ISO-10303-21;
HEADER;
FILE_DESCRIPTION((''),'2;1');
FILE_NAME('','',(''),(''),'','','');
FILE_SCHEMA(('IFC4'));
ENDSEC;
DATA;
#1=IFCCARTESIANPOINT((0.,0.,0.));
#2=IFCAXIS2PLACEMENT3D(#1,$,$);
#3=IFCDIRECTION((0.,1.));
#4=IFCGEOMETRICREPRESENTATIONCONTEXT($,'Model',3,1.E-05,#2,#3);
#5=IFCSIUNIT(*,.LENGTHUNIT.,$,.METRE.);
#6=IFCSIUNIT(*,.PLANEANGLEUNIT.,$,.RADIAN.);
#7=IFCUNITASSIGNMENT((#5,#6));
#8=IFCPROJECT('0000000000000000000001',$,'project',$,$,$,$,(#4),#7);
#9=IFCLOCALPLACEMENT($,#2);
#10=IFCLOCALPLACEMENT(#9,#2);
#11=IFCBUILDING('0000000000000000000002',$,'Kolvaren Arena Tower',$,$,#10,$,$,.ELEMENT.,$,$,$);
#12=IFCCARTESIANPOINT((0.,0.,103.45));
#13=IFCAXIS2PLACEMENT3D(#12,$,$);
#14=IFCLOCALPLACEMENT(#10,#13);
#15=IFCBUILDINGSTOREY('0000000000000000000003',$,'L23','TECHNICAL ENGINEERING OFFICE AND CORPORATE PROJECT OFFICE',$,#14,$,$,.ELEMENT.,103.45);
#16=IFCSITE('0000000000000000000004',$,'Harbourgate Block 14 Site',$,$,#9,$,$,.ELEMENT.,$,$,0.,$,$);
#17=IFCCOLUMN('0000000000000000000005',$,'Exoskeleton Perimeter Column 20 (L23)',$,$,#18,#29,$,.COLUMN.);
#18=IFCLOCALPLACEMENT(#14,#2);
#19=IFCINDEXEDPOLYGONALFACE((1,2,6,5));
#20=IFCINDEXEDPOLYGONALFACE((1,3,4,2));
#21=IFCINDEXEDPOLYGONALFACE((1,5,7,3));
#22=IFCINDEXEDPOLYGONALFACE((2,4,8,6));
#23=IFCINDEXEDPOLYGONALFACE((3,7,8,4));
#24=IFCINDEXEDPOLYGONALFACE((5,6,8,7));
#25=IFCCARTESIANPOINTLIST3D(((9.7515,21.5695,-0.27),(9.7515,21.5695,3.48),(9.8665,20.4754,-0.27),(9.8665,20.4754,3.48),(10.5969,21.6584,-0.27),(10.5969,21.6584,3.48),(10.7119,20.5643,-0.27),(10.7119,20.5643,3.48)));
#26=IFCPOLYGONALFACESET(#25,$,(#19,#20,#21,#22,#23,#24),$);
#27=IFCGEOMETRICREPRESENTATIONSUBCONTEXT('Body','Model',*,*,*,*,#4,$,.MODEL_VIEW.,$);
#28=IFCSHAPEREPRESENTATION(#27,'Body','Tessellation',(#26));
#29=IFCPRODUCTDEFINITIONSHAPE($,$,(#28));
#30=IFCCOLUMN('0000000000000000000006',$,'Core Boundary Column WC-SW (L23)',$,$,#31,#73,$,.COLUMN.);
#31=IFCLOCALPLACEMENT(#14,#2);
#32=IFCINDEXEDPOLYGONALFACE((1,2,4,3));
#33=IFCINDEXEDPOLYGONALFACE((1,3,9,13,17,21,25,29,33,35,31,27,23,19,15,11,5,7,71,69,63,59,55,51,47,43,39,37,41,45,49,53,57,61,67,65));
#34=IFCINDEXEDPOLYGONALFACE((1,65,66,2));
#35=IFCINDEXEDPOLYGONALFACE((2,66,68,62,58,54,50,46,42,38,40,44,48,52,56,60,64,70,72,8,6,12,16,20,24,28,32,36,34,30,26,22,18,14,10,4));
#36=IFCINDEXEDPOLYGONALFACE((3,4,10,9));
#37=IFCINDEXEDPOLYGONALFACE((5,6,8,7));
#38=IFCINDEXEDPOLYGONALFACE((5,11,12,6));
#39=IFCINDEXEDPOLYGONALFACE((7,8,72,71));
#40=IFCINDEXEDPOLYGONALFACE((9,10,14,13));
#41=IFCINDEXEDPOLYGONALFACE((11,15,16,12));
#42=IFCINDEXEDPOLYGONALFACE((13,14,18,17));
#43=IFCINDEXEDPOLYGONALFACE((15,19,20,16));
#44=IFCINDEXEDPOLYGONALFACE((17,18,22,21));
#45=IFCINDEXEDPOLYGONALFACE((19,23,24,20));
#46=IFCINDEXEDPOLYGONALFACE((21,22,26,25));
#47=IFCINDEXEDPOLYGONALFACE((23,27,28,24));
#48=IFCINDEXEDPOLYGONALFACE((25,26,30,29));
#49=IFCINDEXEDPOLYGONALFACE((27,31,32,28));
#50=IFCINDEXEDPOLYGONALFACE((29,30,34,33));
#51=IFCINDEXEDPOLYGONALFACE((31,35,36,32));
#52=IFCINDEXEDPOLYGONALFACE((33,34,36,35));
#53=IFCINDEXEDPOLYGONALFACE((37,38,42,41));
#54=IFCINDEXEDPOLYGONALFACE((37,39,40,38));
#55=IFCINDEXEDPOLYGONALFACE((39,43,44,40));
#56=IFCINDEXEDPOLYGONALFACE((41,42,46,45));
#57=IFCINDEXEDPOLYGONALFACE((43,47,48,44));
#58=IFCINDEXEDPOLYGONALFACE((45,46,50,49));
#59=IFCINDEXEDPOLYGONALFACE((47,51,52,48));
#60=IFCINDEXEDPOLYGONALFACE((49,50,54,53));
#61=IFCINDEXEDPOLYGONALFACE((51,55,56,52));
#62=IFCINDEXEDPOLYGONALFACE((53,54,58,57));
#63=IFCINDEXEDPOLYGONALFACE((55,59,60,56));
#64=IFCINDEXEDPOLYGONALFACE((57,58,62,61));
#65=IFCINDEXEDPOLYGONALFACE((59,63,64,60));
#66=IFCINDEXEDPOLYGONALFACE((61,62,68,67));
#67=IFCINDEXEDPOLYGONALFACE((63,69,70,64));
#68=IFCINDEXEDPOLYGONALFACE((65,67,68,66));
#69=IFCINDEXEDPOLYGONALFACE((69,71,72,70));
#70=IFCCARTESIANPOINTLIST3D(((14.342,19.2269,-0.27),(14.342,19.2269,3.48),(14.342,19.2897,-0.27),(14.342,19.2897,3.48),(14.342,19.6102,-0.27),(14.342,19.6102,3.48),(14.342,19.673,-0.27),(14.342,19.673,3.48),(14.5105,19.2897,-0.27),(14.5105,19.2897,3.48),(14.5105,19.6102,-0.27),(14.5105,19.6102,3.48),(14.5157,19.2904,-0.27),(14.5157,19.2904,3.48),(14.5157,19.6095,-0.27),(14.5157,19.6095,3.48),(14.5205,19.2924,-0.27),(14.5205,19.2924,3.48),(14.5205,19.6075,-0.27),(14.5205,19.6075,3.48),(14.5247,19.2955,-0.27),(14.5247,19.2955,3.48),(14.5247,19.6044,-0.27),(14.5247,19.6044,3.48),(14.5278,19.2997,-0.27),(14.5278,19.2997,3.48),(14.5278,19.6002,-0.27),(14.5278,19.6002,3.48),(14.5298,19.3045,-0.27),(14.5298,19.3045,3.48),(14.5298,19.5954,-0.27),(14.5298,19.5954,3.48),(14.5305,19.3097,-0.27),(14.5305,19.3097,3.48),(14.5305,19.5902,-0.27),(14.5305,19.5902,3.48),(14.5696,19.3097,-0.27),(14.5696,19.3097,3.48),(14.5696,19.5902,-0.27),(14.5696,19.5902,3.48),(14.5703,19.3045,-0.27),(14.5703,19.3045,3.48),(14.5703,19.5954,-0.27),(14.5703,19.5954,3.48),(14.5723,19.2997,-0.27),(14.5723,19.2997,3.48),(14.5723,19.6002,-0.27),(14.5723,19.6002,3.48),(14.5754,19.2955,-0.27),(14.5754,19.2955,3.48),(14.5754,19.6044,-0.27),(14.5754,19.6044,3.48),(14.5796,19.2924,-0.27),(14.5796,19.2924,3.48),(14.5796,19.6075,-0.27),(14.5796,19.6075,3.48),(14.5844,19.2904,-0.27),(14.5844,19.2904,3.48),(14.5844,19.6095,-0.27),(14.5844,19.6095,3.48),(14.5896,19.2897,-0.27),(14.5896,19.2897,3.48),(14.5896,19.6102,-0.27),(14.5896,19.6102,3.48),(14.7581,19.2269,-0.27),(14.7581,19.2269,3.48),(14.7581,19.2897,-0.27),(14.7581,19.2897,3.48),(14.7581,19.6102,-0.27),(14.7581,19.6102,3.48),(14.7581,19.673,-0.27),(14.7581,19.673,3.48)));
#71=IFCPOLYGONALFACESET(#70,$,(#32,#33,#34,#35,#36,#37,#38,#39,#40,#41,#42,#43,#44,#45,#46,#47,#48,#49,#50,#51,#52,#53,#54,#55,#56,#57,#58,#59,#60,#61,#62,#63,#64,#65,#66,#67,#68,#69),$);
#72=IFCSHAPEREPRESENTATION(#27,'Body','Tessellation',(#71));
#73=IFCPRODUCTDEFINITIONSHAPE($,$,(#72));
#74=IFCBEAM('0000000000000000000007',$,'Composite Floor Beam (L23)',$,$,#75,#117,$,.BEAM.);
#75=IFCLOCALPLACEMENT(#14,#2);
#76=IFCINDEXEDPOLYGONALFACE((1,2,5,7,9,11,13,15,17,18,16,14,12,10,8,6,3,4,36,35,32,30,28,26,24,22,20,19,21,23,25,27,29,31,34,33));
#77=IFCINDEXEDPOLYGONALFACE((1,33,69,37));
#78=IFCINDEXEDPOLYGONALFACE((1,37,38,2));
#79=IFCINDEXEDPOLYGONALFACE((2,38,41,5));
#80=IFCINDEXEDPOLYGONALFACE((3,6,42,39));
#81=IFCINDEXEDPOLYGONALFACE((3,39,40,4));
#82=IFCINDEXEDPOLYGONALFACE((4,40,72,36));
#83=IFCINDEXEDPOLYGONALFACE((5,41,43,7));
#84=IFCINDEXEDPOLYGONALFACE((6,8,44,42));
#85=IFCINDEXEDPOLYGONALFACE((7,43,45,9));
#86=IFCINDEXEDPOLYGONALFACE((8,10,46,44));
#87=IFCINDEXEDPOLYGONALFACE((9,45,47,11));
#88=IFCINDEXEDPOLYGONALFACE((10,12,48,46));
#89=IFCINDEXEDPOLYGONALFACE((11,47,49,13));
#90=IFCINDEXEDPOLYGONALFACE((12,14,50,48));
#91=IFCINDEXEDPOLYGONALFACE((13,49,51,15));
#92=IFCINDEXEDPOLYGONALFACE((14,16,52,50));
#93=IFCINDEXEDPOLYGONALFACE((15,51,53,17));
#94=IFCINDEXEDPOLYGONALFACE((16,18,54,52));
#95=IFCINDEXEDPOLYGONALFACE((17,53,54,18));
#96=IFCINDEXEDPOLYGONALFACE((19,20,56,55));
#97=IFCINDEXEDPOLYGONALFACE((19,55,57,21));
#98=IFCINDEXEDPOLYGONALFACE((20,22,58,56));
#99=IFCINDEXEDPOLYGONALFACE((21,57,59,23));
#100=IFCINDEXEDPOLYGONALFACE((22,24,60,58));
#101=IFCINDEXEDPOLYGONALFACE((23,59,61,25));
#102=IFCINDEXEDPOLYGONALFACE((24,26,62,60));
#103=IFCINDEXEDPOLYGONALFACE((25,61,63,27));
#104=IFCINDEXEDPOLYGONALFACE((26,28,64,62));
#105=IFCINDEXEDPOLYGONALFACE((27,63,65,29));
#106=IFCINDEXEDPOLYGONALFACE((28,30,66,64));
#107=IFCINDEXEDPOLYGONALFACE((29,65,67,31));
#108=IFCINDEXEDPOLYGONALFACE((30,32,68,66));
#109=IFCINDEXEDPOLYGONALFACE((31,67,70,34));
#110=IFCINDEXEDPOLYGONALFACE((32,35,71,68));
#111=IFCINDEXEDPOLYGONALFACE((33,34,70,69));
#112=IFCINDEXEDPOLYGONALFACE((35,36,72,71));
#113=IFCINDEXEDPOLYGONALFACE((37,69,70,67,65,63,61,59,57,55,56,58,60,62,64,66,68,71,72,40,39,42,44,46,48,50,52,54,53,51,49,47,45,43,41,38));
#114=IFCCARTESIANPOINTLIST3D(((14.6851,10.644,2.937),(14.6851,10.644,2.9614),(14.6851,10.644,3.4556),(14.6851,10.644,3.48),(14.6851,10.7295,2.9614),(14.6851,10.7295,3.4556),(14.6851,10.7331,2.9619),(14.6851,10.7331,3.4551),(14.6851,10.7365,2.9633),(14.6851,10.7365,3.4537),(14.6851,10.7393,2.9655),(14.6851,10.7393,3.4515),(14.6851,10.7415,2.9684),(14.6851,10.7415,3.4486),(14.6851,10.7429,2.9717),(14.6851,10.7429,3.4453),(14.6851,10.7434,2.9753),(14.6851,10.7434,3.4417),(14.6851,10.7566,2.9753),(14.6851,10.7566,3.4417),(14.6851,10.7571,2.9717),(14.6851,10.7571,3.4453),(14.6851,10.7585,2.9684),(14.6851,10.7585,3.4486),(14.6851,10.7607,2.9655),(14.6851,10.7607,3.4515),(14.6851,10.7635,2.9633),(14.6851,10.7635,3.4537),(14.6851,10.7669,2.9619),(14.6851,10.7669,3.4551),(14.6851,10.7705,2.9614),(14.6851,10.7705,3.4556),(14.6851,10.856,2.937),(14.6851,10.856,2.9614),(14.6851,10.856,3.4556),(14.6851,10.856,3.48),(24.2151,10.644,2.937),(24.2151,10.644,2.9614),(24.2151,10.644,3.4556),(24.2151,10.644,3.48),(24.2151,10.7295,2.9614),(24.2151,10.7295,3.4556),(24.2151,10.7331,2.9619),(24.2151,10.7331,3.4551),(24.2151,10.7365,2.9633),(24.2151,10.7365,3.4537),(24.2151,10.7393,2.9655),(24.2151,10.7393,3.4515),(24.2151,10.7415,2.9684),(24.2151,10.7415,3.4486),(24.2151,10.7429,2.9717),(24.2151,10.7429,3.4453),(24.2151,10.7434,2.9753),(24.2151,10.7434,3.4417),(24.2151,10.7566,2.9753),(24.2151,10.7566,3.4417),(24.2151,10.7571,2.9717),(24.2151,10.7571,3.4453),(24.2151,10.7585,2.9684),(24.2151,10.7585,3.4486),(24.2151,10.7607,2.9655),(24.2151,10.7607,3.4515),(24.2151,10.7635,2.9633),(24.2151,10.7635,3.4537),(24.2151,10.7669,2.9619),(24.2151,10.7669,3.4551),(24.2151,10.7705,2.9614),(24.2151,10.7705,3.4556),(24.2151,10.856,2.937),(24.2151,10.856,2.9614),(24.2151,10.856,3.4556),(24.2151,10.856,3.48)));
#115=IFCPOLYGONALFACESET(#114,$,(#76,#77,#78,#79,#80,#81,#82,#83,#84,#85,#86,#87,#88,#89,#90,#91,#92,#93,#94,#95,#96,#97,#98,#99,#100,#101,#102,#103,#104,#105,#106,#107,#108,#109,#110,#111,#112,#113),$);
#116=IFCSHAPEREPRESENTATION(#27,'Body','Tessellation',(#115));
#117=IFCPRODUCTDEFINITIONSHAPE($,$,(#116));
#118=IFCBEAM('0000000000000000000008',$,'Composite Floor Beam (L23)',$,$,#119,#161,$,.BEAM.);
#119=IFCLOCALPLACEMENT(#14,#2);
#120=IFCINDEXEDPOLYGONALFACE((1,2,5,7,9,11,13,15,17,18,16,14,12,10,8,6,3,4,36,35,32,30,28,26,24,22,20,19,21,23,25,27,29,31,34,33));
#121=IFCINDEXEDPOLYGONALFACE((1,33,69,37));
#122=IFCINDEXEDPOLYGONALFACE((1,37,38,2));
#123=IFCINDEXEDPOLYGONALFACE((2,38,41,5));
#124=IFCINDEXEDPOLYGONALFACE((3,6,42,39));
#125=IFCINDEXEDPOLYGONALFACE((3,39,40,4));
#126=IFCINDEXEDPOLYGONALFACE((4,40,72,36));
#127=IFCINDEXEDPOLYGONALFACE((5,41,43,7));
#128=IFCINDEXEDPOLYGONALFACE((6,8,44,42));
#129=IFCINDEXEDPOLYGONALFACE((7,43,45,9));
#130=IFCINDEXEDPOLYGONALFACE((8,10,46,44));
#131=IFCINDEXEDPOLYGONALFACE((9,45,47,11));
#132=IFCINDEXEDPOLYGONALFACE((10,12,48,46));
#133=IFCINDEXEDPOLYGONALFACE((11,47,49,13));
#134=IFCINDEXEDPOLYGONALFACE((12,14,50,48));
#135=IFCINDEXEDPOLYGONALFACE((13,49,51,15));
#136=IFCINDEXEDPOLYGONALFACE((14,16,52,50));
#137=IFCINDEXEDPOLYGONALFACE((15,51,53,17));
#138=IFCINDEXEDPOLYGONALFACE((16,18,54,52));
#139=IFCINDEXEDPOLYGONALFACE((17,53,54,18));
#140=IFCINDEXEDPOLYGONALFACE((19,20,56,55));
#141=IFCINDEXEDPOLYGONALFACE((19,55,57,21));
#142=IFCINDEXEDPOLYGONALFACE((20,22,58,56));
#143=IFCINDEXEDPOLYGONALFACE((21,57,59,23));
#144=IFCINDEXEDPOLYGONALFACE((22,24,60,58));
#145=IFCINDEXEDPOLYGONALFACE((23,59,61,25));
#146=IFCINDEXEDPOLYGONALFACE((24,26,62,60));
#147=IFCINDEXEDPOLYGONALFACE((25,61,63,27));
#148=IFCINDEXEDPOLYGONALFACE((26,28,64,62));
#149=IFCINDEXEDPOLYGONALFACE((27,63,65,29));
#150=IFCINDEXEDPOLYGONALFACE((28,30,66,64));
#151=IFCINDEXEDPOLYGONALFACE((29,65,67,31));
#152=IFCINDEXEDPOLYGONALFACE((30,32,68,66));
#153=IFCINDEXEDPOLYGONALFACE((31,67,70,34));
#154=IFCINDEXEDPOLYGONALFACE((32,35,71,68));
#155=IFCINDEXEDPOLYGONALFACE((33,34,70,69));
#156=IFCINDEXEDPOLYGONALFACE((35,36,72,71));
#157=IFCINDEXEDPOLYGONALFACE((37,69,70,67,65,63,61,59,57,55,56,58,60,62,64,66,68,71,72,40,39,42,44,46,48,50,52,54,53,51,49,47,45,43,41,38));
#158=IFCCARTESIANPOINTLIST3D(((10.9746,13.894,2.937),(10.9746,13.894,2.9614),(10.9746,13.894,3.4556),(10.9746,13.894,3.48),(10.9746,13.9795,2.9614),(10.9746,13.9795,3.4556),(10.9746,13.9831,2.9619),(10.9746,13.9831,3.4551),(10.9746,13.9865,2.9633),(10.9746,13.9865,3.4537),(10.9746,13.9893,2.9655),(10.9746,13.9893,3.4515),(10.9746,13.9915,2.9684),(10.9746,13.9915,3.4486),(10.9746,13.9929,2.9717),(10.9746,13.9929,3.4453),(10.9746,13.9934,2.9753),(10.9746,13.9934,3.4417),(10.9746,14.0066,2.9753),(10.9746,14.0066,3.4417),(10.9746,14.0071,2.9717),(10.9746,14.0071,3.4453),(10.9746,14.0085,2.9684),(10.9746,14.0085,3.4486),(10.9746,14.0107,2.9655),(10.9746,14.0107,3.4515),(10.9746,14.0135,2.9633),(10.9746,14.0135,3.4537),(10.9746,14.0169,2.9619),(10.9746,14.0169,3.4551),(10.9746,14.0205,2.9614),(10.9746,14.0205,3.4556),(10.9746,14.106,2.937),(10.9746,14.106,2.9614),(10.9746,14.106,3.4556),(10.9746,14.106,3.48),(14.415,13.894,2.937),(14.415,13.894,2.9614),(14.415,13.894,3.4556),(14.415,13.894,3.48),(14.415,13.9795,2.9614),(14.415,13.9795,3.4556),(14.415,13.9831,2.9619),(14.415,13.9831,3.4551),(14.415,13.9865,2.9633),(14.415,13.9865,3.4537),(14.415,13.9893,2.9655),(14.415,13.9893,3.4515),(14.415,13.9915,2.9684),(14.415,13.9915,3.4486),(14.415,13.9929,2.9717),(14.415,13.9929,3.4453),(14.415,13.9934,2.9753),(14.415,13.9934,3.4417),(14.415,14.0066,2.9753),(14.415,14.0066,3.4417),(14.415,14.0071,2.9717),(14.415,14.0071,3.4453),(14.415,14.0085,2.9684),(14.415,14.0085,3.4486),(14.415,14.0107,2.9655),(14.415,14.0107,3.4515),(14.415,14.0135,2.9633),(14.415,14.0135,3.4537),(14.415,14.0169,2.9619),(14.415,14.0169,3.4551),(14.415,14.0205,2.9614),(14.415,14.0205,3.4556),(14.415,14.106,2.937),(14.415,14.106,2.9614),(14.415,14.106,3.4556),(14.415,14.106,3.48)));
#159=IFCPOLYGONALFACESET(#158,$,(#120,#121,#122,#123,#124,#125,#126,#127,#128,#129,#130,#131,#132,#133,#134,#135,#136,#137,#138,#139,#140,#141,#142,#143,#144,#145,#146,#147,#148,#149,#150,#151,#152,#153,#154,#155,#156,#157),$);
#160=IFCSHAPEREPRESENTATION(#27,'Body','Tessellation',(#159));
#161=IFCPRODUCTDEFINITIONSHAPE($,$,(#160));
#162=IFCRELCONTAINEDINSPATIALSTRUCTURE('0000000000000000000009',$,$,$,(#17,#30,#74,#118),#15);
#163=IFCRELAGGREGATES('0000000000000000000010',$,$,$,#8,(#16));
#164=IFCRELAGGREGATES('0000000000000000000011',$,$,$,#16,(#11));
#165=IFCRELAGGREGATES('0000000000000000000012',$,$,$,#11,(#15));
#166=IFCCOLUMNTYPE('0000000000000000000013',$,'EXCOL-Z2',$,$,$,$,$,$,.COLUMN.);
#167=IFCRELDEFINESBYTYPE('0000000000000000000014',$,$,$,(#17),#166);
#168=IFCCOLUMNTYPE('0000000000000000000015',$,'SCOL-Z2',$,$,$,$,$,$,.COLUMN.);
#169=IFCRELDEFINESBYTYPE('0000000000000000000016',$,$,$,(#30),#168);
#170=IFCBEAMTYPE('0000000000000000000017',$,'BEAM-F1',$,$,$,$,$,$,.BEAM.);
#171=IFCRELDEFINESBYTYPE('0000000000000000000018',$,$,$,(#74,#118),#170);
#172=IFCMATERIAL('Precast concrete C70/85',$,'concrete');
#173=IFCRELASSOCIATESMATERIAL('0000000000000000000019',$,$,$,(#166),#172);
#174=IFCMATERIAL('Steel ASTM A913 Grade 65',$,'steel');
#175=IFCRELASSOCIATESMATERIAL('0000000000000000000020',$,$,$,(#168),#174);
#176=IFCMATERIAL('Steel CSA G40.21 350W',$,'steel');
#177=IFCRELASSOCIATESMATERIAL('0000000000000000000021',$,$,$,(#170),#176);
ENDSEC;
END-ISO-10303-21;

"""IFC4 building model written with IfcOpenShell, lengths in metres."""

from ifc_helpers import new_model, si_unit, direction, frame, origin, origin_2d, place, context, subcontext, project, spatial, rectangle, i_section, extrude, material, material_profile, profile_set, type_object, element, save


model = new_model("IFC4")

# Units and contexts
model_context = context("Model", 3, precision=1e-05, world=origin(), true_north=direction((0.0, 1.0)))
body_context = subcontext(model_context, "Body", "Model", "MODEL_VIEW")
ifc_project = project(units=[si_unit("LENGTHUNIT", "METRE"), si_unit("PLANEANGLEUNIT", "RADIAN")], contexts=[model_context])

# Site, building, storey
site_placement = place(None, origin())
site = spatial("IfcSite", under=ifc_project, at=site_placement, Name="Harbourgate Block 14 Site", CompositionType="ELEMENT", RefElevation=0.0)
building_placement = place(site_placement, origin())
building = spatial("IfcBuilding", under=site, at=building_placement, Name="Kolvaren Arena Tower", CompositionType="ELEMENT")
storey_placement = place(building_placement, frame((0.0, 0.0, 103.45)))
storey = spatial("IfcBuildingStorey", under=building, at=storey_placement, Name="L23", Description="TECHNICAL ENGINEERING OFFICE AND CORPORATE PROJECT OFFICE", CompositionType="ELEMENT", Elevation=103.45)

# Columns
ifc_material_1 = material(Name="Precast concrete C70/85", Category="concrete")
ifc_material_profile_1 = material_profile(ifc_material_1, rectangle(XDim=1.1001, YDim=0.8501, at=origin_2d()), Name="RC-1100x850")
ifc_profile_set_1 = profile_set([ifc_material_profile_1], Name="Precast concrete C70/85")
column_type_1 = type_object("IfcColumnType", Name="EXCOL-Z2", PredefinedType="COLUMN", material=ifc_profile_set_1)
column_1_placement = place(storey_placement, frame((10.2317, 21.0669, -0.27), z_axis=(0.0, 0.0, 1.0), x_axis=(-0.104528, 0.994522, 0.0)))
element("IfcColumn", 1, at=column_1_placement, inside=storey, type_object=column_type_1, Name="Exoskeleton Perimeter Column 20 (L23)", PredefinedType="COLUMN", context=body_context, shape_type="SweptSolid", body=[
    extrude(rectangle(XDim=1.1001, YDim=0.8501, at=origin_2d()), origin(), (0.0, 0.0, 1.0), 3.75),
])
ifc_material_2 = material(Name="Steel ASTM A913 Grade 65", Category="steel")
ifc_material_profile_2 = material_profile(ifc_material_2, i_section(OverallWidth=0.416, OverallDepth=0.446, WebThickness=0.0391, FlangeThickness=0.0627, FilletRadius=0.02, at=origin_2d()), Name="W360x509")
ifc_profile_set_2 = profile_set([ifc_material_profile_2], Name="Steel ASTM A913 Grade 65")
column_type_2 = type_object("IfcColumnType", Name="SCOL-Z2", PredefinedType="COLUMN", material=ifc_profile_set_2)
column_2_placement = place(storey_placement, frame((14.55, 19.45, -0.27), z_axis=(0.0, 0.0, 1.0), x_axis=(1.0, 0.0, 0.0)))
element("IfcColumn", 2, at=column_2_placement, inside=storey, type_object=column_type_2, Name="Core Boundary Column WC-SW (L23)", PredefinedType="COLUMN", context=body_context, shape_type="SweptSolid", body=[
    extrude(i_section(OverallWidth=0.416, OverallDepth=0.446, WebThickness=0.0391, FlangeThickness=0.0627, FilletRadius=0.02, at=origin_2d()), origin(), (0.0, 0.0, 1.0), 3.75),
])

# Beams
ifc_material_3 = material(Name="Steel CSA G40.21 350W", Category="steel")
ifc_material_profile_3 = material_profile(ifc_material_3, i_section(OverallWidth=0.2119, OverallDepth=0.543, WebThickness=0.0132, FlangeThickness=0.0244, FilletRadius=0.0139, at=origin_2d()), Name="W530x150")
ifc_profile_set_3 = profile_set([ifc_material_profile_3], Name="Steel CSA G40.21 350W")
beam_type_1 = type_object("IfcBeamType", Name="BEAM-F1", PredefinedType="BEAM", material=ifc_profile_set_3)
beam_1_placement = place(storey_placement, frame((14.6851, 10.75, 3.2085), z_axis=(1.0, 0.0, 0.0), x_axis=(0.0, 1.0, 0.0)))
element("IfcBeam", 3, at=beam_1_placement, inside=storey, type_object=beam_type_1, Name="Composite Floor Beam (L23)", PredefinedType="BEAM", context=body_context, shape_type="SweptSolid", body=[
    extrude(i_section(OverallWidth=0.2119, OverallDepth=0.543, WebThickness=0.0132, FlangeThickness=0.0244, FilletRadius=0.0139, at=origin_2d()), origin(), (0.0, 0.0, 1.0), 9.53),
])
beam_2_placement = place(storey_placement, frame((10.9746, 14.0, 3.2085), z_axis=(1.0, 0.0, 0.0), x_axis=(0.0, 1.0, 0.0)))
element("IfcBeam", 4, at=beam_2_placement, inside=storey, type_object=beam_type_1, Name="Composite Floor Beam (L23)", PredefinedType="BEAM", context=body_context, shape_type="SweptSolid", body=[
    extrude(i_section(OverallWidth=0.2119, OverallDepth=0.543, WebThickness=0.0132, FlangeThickness=0.0244, FilletRadius=0.0139, at=origin_2d()), origin(), (0.0, 0.0, 1.0), 3.4404),
])

save(model, "model.ifc")
